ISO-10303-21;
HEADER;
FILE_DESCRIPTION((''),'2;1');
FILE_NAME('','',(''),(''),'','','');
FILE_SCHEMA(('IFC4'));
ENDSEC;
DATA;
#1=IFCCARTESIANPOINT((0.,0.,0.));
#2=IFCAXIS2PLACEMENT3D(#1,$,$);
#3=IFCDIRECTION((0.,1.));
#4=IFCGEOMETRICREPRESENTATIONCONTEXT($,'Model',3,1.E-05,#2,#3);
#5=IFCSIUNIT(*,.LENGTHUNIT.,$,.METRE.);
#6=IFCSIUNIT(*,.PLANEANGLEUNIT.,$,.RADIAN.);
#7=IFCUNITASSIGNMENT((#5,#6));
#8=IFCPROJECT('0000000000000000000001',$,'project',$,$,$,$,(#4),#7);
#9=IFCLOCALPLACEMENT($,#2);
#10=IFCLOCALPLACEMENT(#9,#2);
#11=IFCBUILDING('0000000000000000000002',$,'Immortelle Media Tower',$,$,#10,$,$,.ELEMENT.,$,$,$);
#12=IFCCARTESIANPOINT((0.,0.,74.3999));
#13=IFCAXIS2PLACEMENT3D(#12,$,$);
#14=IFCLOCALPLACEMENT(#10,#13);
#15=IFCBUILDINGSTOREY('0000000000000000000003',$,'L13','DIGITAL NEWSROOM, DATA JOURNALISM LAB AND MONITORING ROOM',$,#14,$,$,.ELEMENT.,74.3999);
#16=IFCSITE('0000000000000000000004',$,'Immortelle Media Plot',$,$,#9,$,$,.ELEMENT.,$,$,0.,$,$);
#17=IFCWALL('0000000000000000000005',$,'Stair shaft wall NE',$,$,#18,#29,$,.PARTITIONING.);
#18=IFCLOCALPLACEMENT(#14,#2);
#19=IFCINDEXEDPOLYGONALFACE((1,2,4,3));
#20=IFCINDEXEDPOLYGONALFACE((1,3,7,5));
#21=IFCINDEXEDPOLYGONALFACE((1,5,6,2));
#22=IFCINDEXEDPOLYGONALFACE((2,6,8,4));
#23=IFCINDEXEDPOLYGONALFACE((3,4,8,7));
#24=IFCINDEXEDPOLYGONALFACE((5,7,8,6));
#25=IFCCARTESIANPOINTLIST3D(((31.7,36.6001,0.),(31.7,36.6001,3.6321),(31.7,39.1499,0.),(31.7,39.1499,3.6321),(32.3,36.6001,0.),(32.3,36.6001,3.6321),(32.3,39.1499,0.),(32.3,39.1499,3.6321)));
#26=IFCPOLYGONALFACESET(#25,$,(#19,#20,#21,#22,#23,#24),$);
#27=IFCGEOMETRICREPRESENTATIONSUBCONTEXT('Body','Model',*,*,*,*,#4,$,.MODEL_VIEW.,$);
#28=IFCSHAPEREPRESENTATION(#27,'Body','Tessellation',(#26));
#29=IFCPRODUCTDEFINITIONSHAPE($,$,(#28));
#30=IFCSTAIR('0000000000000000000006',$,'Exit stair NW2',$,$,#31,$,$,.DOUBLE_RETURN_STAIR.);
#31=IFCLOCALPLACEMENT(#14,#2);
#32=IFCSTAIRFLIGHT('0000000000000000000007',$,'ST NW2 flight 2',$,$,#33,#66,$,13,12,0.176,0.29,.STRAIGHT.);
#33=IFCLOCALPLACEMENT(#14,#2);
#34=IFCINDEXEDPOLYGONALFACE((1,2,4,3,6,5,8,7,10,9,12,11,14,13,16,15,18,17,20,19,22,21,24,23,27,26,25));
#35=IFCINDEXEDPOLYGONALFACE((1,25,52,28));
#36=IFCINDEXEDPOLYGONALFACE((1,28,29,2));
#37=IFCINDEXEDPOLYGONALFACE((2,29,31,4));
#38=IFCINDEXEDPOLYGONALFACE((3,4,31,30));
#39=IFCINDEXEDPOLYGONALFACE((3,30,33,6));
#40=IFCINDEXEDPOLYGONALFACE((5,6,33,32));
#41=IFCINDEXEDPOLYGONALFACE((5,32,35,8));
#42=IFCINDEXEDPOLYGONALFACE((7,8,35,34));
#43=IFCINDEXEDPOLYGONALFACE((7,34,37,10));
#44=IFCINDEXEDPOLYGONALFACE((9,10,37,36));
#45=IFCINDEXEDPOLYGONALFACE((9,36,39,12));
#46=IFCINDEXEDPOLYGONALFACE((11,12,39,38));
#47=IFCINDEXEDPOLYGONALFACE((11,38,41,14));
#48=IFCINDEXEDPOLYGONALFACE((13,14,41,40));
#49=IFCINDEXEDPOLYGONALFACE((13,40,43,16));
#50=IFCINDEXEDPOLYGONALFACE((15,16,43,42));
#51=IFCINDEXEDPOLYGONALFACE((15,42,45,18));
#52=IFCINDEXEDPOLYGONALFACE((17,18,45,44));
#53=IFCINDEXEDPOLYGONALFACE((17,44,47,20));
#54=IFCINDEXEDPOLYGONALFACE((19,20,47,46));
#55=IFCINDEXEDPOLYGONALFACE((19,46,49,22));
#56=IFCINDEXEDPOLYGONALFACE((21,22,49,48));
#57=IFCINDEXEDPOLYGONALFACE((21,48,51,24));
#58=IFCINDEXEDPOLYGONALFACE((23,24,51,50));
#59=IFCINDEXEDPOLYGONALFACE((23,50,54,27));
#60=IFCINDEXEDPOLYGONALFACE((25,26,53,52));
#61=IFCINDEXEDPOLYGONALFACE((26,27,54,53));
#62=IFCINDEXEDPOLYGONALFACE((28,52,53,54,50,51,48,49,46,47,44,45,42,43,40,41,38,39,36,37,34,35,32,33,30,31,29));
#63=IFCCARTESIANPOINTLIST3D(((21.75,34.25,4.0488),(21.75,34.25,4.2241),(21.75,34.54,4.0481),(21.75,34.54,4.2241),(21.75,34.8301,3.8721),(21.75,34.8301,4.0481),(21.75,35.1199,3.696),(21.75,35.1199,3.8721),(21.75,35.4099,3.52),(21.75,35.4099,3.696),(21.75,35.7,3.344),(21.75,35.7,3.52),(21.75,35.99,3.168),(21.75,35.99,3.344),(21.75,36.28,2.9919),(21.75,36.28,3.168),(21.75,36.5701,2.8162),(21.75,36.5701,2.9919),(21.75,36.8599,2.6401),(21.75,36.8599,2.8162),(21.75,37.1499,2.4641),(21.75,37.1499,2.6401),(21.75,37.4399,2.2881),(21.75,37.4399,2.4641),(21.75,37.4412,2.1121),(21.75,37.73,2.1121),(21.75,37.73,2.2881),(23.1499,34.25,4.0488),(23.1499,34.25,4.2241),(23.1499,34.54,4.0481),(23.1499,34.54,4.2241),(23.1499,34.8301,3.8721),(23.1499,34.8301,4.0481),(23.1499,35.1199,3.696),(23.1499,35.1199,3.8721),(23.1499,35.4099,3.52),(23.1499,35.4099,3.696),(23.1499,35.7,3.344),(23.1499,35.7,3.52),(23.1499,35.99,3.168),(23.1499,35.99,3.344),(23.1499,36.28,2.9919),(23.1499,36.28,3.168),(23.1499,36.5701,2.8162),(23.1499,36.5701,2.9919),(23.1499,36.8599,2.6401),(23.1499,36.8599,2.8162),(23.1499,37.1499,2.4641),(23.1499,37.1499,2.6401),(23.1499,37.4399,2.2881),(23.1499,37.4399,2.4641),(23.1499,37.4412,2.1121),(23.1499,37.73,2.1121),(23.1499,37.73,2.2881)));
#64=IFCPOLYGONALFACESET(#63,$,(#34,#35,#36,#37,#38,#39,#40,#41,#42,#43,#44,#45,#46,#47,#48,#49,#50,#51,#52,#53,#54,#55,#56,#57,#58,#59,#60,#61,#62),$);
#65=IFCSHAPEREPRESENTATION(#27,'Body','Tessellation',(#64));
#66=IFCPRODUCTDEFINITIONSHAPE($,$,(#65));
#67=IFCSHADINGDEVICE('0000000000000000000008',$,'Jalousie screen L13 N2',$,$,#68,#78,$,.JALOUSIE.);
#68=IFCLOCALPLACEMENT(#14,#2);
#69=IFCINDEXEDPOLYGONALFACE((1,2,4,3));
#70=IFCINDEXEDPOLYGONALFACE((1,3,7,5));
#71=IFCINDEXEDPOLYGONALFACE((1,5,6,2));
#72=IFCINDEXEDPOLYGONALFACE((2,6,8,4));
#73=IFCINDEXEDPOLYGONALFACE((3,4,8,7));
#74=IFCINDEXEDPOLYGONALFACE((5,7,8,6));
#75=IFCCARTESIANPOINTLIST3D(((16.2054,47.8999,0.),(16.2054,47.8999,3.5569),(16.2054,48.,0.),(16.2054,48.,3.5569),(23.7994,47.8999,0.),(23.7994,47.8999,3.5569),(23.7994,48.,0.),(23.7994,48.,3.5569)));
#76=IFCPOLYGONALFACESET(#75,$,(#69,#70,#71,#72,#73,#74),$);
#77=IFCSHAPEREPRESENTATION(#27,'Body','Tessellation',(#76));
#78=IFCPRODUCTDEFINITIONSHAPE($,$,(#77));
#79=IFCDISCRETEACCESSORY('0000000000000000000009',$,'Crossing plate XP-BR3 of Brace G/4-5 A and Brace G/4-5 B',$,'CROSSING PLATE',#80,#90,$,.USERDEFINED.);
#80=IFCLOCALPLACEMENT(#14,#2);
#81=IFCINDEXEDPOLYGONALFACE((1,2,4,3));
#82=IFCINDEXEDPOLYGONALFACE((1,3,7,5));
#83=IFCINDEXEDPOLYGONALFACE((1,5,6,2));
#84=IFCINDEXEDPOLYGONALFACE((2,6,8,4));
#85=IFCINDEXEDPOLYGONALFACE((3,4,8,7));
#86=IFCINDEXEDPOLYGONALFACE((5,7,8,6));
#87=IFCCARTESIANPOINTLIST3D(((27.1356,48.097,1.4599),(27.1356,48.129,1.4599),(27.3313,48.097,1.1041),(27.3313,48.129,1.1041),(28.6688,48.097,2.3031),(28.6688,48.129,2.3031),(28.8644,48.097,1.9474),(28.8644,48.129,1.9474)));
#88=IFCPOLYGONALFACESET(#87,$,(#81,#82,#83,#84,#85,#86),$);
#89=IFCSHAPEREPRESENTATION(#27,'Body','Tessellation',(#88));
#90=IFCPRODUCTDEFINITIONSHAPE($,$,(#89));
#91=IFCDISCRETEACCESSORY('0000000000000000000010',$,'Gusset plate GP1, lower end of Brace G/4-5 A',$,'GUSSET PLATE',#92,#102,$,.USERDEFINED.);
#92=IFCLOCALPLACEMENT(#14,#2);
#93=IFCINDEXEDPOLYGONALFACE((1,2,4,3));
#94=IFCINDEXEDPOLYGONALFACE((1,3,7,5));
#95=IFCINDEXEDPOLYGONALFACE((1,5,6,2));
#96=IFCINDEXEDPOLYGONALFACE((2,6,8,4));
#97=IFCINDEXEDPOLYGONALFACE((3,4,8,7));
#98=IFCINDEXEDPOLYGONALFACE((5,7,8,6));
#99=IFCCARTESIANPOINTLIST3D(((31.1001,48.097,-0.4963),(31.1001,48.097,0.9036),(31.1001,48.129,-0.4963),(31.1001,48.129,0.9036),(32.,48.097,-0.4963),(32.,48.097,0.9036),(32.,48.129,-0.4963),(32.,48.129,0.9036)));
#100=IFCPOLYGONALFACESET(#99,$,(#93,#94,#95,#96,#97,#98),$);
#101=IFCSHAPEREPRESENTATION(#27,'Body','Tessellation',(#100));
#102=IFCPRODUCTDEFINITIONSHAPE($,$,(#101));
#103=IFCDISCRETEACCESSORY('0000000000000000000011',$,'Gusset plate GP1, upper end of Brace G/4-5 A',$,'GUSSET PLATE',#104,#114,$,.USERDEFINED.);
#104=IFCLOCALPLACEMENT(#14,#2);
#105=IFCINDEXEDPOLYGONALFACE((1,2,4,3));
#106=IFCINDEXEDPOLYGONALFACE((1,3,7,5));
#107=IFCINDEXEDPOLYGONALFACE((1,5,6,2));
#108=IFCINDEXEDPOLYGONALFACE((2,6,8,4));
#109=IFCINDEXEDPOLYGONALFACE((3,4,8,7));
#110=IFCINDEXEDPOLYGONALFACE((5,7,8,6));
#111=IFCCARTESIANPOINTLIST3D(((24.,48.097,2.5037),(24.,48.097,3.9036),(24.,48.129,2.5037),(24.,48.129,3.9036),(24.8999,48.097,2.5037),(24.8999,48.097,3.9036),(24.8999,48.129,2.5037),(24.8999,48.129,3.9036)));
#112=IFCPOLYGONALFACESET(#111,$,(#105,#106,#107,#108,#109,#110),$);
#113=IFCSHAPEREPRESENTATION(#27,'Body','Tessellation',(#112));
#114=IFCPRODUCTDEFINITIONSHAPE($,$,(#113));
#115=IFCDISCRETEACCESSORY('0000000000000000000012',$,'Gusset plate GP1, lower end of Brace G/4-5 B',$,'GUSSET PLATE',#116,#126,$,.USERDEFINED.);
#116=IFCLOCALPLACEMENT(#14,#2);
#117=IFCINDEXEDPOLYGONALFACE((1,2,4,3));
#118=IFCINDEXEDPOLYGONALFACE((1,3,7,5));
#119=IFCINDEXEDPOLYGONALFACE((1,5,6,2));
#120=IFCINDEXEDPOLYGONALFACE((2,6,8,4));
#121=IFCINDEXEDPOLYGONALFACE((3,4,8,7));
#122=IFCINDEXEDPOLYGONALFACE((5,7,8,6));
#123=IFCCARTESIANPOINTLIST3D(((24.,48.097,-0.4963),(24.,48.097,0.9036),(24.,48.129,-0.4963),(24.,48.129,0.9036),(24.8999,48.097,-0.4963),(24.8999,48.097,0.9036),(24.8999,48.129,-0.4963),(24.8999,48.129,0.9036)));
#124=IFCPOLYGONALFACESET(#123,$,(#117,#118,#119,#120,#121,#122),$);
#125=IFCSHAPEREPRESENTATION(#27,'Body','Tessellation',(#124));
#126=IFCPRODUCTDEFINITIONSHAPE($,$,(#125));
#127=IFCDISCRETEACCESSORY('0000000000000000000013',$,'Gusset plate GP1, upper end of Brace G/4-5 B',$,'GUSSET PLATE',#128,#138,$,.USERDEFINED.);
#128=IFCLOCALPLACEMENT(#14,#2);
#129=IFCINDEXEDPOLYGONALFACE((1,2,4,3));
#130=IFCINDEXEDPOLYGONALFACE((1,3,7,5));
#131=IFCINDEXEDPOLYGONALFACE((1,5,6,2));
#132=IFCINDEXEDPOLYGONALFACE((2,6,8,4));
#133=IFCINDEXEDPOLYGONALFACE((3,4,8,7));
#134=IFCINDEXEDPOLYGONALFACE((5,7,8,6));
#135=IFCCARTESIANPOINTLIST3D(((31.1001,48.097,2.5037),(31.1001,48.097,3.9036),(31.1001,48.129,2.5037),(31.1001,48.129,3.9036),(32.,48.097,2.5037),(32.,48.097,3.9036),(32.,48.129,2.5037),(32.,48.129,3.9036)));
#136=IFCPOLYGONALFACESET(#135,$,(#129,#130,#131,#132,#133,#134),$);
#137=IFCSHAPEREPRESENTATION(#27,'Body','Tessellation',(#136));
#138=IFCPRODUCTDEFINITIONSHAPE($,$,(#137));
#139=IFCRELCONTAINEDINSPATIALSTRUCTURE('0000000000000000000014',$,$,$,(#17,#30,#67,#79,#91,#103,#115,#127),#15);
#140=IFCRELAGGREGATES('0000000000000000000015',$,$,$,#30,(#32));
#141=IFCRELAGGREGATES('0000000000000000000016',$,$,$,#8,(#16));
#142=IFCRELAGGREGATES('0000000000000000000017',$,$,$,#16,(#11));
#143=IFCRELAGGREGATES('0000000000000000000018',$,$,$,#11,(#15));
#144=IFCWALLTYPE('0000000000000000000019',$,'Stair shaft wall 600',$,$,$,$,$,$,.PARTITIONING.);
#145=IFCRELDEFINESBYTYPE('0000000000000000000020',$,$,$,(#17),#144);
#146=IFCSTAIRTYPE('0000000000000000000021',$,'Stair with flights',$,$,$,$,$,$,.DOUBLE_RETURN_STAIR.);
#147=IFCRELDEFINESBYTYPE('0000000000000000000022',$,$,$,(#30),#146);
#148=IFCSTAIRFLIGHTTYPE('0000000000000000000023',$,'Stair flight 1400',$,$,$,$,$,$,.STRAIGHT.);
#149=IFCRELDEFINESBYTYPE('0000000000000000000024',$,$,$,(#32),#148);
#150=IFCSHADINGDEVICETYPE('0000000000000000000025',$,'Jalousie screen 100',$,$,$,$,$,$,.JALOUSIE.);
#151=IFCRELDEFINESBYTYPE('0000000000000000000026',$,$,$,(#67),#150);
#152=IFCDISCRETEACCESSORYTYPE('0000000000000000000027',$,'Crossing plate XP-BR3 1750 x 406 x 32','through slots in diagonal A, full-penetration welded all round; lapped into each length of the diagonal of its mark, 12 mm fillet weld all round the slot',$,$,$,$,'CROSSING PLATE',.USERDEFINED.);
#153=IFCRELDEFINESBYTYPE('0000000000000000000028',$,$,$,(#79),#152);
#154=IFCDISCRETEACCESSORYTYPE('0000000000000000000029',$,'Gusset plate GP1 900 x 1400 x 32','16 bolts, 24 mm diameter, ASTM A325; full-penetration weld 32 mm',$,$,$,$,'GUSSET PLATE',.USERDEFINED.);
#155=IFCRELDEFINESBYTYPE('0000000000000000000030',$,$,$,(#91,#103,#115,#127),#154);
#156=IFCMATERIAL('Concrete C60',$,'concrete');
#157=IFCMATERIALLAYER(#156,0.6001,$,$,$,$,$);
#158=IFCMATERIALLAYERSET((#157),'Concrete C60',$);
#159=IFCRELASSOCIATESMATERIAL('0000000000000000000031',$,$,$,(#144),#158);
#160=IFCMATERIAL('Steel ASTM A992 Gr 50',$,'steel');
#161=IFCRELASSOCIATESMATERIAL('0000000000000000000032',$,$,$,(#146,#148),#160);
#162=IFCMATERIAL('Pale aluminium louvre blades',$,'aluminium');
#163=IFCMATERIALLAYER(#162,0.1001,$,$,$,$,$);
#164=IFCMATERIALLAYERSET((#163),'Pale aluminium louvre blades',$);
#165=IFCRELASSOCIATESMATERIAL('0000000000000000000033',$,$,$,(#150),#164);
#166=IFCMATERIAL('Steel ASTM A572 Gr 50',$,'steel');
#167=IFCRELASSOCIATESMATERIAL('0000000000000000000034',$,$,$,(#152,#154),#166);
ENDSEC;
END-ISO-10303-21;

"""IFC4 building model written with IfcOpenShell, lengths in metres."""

from ifc_helpers import new_model, si_unit, direction, frame, frame_2d, origin, origin_2d, place, context, subcontext, project, spatial, polyline, rectangle, outline, extrude, material, layer, layer_set, material_profile, profile_set, type_object, element, aggregate, save


model = new_model("IFC4")

# Units and contexts
model_context = context("Model", 3, precision=1e-05, world=origin(), true_north=direction((0.0, 1.0)))
body_context = subcontext(model_context, "Body", "Model", "MODEL_VIEW")
ifc_project = project(units=[si_unit("LENGTHUNIT", "METRE"), si_unit("PLANEANGLEUNIT", "RADIAN")], contexts=[model_context])

# Site, building, storey
site_placement = place(None, origin())
site = spatial("IfcSite", under=ifc_project, at=site_placement, Name="Immortelle Media Plot", CompositionType="ELEMENT", RefElevation=0.0)
building_placement = place(site_placement, origin())
building = spatial("IfcBuilding", under=site, at=building_placement, Name="Immortelle Media Tower", CompositionType="ELEMENT")
storey_placement = place(building_placement, frame((0.0, 0.0, 74.3999)))
storey = spatial("IfcBuildingStorey", under=building, at=storey_placement, Name="L13", Description="DIGITAL NEWSROOM, DATA JOURNALISM LAB AND MONITORING ROOM", CompositionType="ELEMENT", Elevation=74.3999)

# Shared definitions
ifc_material_1 = material(Name="Steel ASTM A992 Gr 50", Category="steel")

# Wall
ifc_material_2 = material(Name="Concrete C60", Category="concrete")
ifc_layer_1 = layer(ifc_material_2, 0.6001)
ifc_layer_set_1 = layer_set([ifc_layer_1], Name="Concrete C60")
wall_type_1 = type_object("IfcWallType", Name="Stair shaft wall 600", PredefinedType="PARTITIONING", material=ifc_layer_set_1)
wall_1_placement = place(storey_placement, frame((32.0, 36.6001, 0.0), z_axis=(0.0, 0.0, 1.0), x_axis=(0.0, 1.0, 0.0)))
element("IfcWall", 1, at=wall_1_placement, inside=storey, type_object=wall_type_1, Name="Stair shaft wall NE", PredefinedType="PARTITIONING", context=body_context, shape_type="SweptSolid", body=[
    extrude(rectangle(XDim=2.5498, YDim=0.6001, at=frame_2d((1.2749, 0.0))), origin(), (0.0, 0.0, 1.0), 3.6321),
])

# Stair, stair flight
stair_type = type_object("IfcStairType", Name="Stair with flights", PredefinedType="DOUBLE_RETURN_STAIR", material=ifc_material_1)
stair_placement = place(storey_placement, origin())
stair = element("IfcStair", 2, at=stair_placement, inside=storey, type_object=stair_type, Name="Exit stair NW2", PredefinedType="DOUBLE_RETURN_STAIR")
stair_flight_type = type_object("IfcStairFlightType", Name="Stair flight 1400", PredefinedType="STRAIGHT", material=ifc_material_1)
stair_flight_placement = place(storey_placement, frame((22.45, 37.73, 2.1121), z_axis=(0.0, 0.0, 1.0), x_axis=(0.0, -1.0, 0.0)))
stair_flight = element("IfcStairFlight", 3, at=stair_flight_placement, type_object=stair_flight_type, Name="ST NW2 flight 2", NumberOfRisers=13, NumberOfTreads=12, PredefinedType="STRAIGHT", RiserHeight=0.176, TreadLength=0.29, context=body_context, shape_type="SweptSolid", body=[
    extrude(outline(polyline([(0.0, 0.0), (0.0, 0.176), (0.29, 0.176), (0.29, 0.3521), (0.5801, 0.3521), (0.5801, 0.5281), (0.8701, 0.5281), (0.8701, 0.7041), (1.1599, 0.7041), (1.1599, 0.8799), (1.45, 0.8799), (1.45, 1.0559), (1.74, 1.0559), (1.74, 1.2319), (2.03, 1.2319), (2.03, 1.408), (2.3201, 1.408), (2.3201, 1.584), (2.6101, 1.584), (2.6101, 1.76), (2.8999, 1.76), (2.8999, 1.936), (3.1899, 1.936), (3.1899, 2.1121), (3.48, 2.1121), (3.48, 2.2881), (3.48, 1.9368), (0.2888, 0.0), (0.0, 0.0)])), frame((0.0, 0.7, 0.0), z_axis=(0.0, -1.0, 0.0), x_axis=(1.0, 0.0, 0.0)), (0.0, 0.0, 1.0), 1.3999),
])
aggregate(stair, [stair_flight])

# Shading device
ifc_material_3 = material(Name="Pale aluminium louvre blades", Category="aluminium")
ifc_layer_2 = layer(ifc_material_3, 0.1001)
ifc_layer_set_2 = layer_set([ifc_layer_2], Name="Pale aluminium louvre blades")
shading_device_type = type_object("IfcShadingDeviceType", Name="Jalousie screen 100", PredefinedType="JALOUSIE", material=ifc_layer_set_2)
shading_device_placement = place(storey_placement, frame((20.0024, 47.95, 0.0), z_axis=(0.0, 0.0, 1.0), x_axis=(-1.0, 0.0, 0.0)))
element("IfcShadingDevice", 4, at=shading_device_placement, inside=storey, type_object=shading_device_type, Name="Jalousie screen L13 N2", PredefinedType="JALOUSIE", context=body_context, shape_type="SweptSolid", body=[
    extrude(rectangle(XDim=7.594, YDim=0.1001, at=origin_2d()), origin(), (0.0, 0.0, 1.0), 3.5569),
])

# Discrete accessories
ifc_material_4 = material(Name="Steel ASTM A572 Gr 50", Category="steel")
ifc_material_profile_1 = material_profile(ifc_material_4, rectangle(XDim=0.032, YDim=0.406, at=origin_2d()), Name="PL 32 x 406")
ifc_profile_set_1 = profile_set([ifc_material_profile_1], Name="Steel ASTM A572 Gr 50")
discrete_accessory_type_1 = type_object("IfcDiscreteAccessoryType", Name="Crossing plate XP-BR3 1750 x 406 x 32", Description="through slots in diagonal A, full-penetration welded all round; lapped into each length of the diagonal of its mark, 12 mm fillet weld all round the slot", ElementType="CROSSING PLATE", PredefinedType="USERDEFINED", material=ifc_profile_set_1)
discrete_accessory_placement = place(storey_placement, frame((28.7666, 48.113, 2.1252), z_axis=(-0.876216, 0.0, -0.481919), x_axis=(0.0, -1.0, 0.0)))
element("IfcDiscreteAccessory", 5, at=discrete_accessory_placement, inside=storey, type_object=discrete_accessory_type_1, Name="Crossing plate XP-BR3 of Brace G/4-5 A and Brace G/4-5 B", ObjectType="CROSSING PLATE", PredefinedType="USERDEFINED", context=body_context, shape_type="SweptSolid", body=[
    extrude(rectangle(XDim=0.032, YDim=0.406, at=origin_2d()), origin(), (0.0, 0.0, 1.0), 1.7498),
])
ifc_material_profile_2 = material_profile(ifc_material_4, rectangle(XDim=0.032, YDim=1.3999, at=origin_2d()), Name="PL 32 x 1400")
ifc_profile_set_2 = profile_set([ifc_material_profile_2], Name="Steel ASTM A572 Gr 50")
discrete_accessory_type_2 = type_object("IfcDiscreteAccessoryType", Name="Gusset plate GP1 900 x 1400 x 32", Description="16 bolts, 24 mm diameter, ASTM A325; full-penetration weld 32 mm", ElementType="GUSSET PLATE", PredefinedType="USERDEFINED", material=ifc_profile_set_2)
for number, where, z_axis, x_axis, name in (
    (6, (32.0, 48.113, 0.2036), (-1.0, 0.0, 0.0), (0.0, -1.0, 0.0), "Gusset plate GP1, lower end of Brace G/4-5 A"),
    (7, (24.0, 48.113, 3.2036), (1.0, 0.0, 0.0), (0.0, 1.0, 0.0), "Gusset plate GP1, upper end of Brace G/4-5 A"),
    (8, (24.0, 48.113, 0.2036), (1.0, 0.0, 0.0), (0.0, 1.0, 0.0), "Gusset plate GP1, lower end of Brace G/4-5 B"),
    (9, (32.0, 48.113, 3.2036), (-1.0, 0.0, 0.0), (0.0, -1.0, 0.0), "Gusset plate GP1, upper end of Brace G/4-5 B"),
):
    element("IfcDiscreteAccessory", number, at=place(storey_placement, frame(where, z_axis=z_axis, x_axis=x_axis)), inside=storey, type_object=discrete_accessory_type_2, Name=name, ObjectType="GUSSET PLATE", PredefinedType="USERDEFINED", context=body_context, shape_type="SweptSolid", body=[
        extrude(rectangle(XDim=0.032, YDim=1.3999, at=origin_2d()), origin(), (0.0, 0.0, 1.0), 0.8999),
    ])

save(model, "model.ifc")
